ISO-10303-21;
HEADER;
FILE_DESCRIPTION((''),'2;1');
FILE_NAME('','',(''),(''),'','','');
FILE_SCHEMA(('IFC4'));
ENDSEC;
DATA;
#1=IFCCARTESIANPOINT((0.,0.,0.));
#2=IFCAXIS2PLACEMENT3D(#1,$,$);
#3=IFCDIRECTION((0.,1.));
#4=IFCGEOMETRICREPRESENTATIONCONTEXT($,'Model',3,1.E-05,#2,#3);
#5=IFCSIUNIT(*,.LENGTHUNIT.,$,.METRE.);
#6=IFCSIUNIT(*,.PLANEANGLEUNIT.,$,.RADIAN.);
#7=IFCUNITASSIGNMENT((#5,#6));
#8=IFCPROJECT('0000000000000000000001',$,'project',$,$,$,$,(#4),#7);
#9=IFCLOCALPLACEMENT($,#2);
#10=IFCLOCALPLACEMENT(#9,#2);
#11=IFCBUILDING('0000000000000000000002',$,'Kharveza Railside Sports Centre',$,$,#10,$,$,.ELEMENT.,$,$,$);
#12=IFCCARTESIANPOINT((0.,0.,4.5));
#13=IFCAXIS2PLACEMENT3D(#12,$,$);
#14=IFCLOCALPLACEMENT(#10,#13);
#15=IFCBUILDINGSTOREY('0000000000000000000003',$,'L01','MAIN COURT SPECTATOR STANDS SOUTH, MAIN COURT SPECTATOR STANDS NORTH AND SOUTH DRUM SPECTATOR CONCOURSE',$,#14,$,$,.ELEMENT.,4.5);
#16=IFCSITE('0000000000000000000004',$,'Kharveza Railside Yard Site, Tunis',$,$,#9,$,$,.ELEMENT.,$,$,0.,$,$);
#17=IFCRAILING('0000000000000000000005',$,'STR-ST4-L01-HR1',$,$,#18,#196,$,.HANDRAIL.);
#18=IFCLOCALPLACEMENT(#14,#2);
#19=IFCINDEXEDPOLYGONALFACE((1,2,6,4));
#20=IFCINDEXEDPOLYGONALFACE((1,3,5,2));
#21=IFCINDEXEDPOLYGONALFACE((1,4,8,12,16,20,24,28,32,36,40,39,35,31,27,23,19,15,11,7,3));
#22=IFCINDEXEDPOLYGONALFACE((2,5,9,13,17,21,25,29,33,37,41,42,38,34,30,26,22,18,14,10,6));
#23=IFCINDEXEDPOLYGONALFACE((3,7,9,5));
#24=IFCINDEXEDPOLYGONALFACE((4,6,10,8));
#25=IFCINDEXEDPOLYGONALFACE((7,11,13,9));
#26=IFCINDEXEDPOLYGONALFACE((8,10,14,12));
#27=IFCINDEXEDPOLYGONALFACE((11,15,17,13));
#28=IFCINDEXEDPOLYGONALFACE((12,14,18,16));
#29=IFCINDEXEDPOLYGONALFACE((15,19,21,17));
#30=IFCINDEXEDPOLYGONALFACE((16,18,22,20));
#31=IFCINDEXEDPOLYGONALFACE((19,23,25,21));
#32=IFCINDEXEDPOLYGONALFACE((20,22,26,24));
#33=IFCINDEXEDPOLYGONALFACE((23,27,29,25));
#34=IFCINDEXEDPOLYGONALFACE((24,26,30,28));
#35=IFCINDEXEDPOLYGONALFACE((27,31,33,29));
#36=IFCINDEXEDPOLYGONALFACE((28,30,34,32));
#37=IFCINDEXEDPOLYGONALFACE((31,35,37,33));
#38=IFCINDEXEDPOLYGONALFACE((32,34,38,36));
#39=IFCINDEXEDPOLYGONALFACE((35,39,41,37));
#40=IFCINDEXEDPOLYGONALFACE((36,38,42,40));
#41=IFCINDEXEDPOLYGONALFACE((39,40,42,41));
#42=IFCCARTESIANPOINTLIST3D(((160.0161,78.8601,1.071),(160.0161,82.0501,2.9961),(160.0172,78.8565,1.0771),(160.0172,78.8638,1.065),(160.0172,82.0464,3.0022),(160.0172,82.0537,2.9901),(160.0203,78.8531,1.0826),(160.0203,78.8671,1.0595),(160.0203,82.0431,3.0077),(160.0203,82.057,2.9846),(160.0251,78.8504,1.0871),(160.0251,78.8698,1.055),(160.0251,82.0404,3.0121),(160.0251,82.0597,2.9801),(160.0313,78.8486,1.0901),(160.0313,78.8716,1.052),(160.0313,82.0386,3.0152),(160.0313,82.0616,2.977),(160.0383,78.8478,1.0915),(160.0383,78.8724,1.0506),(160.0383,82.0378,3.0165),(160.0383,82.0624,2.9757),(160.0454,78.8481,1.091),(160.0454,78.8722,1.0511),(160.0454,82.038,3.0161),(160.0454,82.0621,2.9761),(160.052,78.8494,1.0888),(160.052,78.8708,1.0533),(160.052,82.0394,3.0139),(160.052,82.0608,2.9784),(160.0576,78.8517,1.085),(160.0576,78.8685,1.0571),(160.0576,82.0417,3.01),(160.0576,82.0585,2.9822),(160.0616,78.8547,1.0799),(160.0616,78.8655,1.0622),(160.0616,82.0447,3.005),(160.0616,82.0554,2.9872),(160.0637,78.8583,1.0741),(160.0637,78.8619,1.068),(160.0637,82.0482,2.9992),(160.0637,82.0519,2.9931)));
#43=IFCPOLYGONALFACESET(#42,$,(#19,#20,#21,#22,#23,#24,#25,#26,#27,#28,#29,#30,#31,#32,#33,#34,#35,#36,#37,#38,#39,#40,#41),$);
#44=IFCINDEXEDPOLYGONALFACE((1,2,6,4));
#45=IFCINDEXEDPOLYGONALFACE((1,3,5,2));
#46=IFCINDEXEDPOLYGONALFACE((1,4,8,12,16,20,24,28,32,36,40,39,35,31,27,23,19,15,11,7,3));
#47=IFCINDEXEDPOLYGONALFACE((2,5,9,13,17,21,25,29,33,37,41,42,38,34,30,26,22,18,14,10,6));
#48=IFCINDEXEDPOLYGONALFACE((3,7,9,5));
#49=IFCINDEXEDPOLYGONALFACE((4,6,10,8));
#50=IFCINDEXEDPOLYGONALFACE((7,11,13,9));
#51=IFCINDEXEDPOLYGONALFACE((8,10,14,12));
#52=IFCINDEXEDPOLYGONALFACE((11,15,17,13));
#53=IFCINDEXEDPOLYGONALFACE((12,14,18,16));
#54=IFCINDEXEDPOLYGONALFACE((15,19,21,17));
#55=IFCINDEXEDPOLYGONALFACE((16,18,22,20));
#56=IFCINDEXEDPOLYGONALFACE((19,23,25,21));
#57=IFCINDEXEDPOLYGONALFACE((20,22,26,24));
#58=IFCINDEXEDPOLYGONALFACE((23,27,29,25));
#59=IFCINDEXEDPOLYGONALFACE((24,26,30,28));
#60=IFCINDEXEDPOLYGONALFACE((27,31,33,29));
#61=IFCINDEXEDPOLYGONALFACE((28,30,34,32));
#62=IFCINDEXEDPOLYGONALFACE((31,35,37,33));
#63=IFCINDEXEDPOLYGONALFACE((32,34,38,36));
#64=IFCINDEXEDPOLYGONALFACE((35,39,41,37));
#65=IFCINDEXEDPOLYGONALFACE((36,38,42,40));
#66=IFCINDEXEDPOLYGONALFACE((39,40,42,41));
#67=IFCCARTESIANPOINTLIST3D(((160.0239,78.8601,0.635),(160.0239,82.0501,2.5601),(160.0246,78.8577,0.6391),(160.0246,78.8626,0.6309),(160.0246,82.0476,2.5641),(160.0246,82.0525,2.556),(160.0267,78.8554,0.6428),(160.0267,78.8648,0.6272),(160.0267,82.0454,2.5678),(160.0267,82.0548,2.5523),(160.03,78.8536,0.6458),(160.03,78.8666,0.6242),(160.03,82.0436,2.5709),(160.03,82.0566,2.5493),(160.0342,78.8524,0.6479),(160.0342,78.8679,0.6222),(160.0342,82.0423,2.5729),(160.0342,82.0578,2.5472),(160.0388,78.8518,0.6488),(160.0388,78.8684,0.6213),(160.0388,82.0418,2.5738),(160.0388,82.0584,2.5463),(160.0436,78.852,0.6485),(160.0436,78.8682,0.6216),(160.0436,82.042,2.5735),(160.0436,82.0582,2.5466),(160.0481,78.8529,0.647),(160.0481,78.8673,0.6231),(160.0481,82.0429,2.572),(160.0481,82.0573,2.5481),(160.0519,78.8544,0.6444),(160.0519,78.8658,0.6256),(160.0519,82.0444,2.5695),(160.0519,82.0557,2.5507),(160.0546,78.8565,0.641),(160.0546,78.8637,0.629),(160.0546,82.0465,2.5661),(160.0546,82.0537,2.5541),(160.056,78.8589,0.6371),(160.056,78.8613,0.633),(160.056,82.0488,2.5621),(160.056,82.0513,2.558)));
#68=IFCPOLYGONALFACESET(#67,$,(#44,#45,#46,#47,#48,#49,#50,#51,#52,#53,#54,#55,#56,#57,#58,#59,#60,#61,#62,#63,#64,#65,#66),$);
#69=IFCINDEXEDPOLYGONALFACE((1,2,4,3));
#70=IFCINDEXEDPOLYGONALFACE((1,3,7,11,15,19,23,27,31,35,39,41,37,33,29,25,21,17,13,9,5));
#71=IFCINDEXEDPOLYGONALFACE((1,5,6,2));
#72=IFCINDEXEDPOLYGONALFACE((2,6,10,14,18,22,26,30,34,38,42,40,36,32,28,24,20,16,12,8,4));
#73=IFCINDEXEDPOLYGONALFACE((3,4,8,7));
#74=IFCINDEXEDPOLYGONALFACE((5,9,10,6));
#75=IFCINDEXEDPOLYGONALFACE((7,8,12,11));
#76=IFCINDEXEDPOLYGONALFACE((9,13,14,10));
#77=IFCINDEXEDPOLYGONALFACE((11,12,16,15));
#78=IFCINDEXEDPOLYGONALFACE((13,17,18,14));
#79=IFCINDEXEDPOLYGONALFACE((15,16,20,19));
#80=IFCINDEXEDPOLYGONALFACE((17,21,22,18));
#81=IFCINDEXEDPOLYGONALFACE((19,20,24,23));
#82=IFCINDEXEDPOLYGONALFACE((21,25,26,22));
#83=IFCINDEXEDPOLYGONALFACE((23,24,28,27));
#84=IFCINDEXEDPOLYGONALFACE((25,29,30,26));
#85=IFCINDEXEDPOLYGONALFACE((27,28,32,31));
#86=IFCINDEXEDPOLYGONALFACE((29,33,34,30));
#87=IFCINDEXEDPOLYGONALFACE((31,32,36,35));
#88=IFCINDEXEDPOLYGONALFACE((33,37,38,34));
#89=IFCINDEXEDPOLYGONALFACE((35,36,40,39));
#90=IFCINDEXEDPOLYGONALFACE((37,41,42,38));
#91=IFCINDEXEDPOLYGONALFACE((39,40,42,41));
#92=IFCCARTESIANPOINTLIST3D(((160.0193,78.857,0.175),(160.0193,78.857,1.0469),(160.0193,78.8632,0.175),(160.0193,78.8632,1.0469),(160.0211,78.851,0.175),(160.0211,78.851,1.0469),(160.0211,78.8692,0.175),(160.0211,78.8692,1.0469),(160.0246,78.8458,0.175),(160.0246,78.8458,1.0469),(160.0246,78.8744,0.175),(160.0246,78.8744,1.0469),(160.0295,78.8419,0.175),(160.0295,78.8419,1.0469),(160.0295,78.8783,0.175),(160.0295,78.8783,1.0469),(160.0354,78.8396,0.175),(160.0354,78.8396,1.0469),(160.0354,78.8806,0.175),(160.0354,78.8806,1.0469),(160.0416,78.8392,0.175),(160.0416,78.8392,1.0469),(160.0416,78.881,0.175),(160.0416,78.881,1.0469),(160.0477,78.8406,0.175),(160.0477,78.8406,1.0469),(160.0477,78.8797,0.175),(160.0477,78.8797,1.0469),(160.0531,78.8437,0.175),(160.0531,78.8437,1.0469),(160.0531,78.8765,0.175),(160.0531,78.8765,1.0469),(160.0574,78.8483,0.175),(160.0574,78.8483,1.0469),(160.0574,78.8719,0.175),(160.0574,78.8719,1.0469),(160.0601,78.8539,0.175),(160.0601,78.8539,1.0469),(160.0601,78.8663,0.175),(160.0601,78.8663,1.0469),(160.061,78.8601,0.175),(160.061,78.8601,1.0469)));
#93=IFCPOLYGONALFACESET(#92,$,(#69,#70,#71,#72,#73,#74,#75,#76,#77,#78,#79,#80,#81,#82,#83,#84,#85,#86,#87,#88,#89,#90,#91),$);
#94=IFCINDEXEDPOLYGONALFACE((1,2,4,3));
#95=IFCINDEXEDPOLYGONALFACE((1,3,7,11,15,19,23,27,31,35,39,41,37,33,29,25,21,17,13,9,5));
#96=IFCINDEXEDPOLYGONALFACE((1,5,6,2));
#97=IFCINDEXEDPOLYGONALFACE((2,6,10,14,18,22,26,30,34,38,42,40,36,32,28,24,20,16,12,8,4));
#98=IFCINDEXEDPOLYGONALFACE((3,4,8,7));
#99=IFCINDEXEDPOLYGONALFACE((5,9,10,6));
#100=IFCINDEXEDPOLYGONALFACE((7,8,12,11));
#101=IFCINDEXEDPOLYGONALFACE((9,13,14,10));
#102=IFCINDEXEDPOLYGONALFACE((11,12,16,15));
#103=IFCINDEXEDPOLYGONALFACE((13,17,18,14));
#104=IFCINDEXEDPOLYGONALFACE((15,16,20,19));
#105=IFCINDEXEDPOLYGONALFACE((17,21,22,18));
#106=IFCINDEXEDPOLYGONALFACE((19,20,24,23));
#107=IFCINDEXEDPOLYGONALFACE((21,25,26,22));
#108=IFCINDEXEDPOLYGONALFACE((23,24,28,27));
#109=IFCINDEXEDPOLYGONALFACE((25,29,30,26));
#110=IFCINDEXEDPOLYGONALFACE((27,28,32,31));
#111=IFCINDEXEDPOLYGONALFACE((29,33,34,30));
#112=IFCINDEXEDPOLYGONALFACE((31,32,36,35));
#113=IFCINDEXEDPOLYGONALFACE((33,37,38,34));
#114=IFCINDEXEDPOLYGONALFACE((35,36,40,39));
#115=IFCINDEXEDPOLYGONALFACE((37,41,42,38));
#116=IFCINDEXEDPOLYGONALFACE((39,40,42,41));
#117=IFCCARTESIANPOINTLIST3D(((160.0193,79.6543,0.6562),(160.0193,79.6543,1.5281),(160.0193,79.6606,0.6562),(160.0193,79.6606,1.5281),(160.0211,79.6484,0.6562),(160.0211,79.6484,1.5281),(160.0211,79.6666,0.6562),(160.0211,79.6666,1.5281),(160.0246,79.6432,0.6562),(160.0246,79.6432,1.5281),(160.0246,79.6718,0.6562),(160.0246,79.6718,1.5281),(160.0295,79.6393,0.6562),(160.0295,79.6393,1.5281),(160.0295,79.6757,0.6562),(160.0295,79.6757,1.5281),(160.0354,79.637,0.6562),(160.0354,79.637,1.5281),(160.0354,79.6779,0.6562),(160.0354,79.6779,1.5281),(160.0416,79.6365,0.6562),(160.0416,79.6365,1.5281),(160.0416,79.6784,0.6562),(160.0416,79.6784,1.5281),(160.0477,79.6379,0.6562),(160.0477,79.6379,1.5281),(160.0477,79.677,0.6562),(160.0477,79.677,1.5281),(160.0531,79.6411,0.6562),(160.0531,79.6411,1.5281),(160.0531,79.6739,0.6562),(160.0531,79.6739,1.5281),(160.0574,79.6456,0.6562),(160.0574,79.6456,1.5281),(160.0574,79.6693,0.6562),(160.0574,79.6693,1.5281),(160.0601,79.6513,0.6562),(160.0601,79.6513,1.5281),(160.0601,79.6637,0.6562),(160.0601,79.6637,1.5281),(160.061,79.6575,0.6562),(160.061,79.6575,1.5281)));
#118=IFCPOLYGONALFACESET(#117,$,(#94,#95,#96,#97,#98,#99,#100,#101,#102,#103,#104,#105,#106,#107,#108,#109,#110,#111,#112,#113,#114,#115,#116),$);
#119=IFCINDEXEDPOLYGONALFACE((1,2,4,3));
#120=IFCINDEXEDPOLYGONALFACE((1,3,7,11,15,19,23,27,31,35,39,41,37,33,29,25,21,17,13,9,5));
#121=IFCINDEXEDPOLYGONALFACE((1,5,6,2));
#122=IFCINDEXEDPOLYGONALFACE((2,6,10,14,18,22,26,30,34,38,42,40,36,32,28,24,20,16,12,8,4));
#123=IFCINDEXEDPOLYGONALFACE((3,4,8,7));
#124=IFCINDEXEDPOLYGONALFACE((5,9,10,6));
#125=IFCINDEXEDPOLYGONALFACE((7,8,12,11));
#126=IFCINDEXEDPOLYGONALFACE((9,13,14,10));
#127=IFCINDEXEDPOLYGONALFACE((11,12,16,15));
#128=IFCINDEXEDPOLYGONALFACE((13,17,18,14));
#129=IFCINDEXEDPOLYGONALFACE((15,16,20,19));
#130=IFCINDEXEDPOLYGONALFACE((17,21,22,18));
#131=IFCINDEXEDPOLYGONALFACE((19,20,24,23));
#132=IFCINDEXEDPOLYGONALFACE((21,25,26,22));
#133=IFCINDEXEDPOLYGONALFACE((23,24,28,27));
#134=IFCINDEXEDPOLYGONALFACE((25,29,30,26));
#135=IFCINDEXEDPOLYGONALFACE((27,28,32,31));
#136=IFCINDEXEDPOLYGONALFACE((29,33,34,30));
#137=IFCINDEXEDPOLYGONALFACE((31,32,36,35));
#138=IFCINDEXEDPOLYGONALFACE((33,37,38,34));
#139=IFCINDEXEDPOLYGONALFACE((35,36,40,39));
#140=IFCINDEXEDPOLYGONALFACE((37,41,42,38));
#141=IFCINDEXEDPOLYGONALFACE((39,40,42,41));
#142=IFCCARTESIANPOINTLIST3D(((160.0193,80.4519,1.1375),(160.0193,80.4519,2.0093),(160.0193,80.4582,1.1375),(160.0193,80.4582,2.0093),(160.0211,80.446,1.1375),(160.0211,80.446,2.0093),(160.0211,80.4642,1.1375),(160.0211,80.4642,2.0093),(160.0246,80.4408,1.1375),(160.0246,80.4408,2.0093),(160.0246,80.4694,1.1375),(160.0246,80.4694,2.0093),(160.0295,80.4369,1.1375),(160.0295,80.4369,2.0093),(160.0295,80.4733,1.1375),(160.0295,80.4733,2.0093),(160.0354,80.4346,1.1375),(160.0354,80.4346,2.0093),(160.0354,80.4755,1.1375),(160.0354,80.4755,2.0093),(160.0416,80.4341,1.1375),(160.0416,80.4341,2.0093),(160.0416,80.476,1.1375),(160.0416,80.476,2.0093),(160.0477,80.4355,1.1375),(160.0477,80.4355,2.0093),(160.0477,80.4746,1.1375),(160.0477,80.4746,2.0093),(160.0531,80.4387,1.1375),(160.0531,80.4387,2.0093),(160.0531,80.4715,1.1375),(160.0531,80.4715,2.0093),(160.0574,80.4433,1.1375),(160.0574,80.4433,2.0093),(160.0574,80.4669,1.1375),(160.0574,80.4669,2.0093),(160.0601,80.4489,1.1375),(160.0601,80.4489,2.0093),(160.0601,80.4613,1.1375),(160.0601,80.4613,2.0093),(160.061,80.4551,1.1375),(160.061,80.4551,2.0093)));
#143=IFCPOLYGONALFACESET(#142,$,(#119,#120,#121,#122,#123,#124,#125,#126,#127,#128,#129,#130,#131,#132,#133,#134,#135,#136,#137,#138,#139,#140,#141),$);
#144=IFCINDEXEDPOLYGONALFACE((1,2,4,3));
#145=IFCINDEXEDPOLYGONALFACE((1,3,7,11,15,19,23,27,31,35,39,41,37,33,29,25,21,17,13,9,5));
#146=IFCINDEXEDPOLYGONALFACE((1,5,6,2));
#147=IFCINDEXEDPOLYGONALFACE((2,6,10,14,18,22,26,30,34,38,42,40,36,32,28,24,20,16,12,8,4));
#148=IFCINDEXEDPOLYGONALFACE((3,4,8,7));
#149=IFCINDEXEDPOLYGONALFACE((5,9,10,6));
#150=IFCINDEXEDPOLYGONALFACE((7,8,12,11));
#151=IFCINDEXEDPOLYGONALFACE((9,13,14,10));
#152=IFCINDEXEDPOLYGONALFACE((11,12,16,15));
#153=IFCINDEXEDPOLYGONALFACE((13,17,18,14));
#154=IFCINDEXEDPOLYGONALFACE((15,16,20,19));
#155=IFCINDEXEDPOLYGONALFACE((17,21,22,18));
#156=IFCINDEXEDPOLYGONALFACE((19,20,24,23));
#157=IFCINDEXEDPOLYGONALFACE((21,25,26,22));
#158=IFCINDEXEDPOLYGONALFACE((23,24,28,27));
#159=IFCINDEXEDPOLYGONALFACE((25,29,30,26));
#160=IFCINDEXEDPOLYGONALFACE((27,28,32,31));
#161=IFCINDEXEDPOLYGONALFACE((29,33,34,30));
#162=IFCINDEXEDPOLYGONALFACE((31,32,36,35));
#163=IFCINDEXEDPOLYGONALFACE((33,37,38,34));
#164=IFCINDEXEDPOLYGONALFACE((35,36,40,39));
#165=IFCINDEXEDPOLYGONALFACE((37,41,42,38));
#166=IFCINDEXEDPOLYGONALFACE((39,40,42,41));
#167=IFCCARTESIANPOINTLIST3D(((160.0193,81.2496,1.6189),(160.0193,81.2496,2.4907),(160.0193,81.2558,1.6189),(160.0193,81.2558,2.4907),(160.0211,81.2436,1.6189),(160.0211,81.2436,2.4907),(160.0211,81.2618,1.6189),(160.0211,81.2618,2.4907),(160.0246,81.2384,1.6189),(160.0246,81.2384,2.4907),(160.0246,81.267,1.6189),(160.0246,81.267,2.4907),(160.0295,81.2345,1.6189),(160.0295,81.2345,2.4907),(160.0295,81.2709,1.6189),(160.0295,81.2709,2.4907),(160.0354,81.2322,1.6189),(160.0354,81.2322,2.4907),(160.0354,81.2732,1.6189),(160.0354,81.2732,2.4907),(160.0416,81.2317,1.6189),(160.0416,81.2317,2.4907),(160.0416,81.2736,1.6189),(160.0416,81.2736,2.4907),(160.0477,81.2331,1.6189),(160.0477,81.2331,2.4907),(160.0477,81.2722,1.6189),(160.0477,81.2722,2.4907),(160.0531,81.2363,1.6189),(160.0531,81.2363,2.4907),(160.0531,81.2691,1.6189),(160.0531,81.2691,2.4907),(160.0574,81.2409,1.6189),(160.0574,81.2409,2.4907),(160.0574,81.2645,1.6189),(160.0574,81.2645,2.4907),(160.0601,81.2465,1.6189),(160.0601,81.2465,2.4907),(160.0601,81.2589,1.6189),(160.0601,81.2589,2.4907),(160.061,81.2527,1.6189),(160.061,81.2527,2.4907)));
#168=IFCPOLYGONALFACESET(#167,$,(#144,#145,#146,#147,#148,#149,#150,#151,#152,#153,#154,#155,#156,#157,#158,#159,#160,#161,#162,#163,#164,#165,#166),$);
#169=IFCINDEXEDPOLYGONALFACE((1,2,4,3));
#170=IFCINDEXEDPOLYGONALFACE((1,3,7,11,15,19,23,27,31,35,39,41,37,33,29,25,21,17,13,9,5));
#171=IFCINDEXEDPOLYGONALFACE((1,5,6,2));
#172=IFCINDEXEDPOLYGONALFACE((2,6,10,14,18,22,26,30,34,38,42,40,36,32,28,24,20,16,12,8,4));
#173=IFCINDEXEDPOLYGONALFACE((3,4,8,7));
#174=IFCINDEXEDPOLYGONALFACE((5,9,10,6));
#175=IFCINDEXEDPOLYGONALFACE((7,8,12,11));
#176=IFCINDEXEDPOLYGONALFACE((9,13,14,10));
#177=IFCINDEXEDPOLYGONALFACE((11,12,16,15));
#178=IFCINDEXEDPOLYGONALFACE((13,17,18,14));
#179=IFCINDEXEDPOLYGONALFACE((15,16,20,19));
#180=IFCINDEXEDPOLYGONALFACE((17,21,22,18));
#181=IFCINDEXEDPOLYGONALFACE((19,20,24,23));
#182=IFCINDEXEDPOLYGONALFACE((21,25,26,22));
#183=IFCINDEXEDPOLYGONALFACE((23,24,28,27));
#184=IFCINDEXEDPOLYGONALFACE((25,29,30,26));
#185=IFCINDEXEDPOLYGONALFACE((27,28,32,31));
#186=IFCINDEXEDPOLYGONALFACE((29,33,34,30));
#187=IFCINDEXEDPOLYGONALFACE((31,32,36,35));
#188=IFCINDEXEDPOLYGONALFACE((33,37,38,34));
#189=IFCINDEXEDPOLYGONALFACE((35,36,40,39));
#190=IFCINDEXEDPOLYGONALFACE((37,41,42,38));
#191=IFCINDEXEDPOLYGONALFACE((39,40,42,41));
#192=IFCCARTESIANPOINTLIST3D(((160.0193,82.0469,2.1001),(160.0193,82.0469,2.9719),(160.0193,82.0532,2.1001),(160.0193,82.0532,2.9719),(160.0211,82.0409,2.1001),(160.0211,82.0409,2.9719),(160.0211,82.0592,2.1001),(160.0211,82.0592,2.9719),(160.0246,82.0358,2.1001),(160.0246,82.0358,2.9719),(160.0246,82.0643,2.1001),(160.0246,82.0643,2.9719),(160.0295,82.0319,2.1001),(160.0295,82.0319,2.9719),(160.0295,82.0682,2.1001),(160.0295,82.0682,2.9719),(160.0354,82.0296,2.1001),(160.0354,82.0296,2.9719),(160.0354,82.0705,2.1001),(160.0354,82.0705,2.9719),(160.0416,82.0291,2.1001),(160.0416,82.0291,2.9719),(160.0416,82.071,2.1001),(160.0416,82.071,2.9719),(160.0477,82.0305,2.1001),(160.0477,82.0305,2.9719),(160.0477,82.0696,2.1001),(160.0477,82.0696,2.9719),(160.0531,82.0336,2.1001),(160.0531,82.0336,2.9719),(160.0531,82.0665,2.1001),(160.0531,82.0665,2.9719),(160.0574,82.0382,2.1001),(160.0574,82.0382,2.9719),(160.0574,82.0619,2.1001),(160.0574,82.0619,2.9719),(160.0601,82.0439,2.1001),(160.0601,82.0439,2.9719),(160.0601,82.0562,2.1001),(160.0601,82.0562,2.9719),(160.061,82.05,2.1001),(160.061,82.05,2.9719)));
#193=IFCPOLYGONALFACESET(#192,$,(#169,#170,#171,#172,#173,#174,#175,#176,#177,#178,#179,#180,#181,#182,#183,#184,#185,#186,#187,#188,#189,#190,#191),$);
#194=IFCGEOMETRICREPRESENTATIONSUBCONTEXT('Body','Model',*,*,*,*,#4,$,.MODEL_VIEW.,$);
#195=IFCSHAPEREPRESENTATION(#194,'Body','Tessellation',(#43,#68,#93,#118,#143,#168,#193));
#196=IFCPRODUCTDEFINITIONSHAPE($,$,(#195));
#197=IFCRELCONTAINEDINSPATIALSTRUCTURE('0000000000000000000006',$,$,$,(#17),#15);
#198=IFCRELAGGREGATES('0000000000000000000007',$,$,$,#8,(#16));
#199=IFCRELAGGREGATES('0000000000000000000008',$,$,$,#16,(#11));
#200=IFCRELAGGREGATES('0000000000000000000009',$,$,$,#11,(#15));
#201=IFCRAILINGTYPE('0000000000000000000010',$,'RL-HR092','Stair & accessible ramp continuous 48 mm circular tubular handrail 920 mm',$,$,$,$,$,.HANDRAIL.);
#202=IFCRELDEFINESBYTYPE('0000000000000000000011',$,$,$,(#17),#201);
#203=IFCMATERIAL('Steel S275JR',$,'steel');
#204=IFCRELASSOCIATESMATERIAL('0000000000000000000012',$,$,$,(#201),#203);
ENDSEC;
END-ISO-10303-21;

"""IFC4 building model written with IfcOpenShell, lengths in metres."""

from ifc_helpers import new_model, si_unit, direction, frame, origin, origin_2d, place, context, subcontext, project, spatial, circle, extrude, material, type_object, element, save


model = new_model("IFC4")

# Units and contexts
model_context = context("Model", 3, precision=1e-05, world=origin(), true_north=direction((0.0, 1.0)))
body_context = subcontext(model_context, "Body", "Model", "MODEL_VIEW")
ifc_project = project(units=[si_unit("LENGTHUNIT", "METRE"), si_unit("PLANEANGLEUNIT", "RADIAN")], contexts=[model_context])

# Site, building, storey
site_placement = place(None, origin())
site = spatial("IfcSite", under=ifc_project, at=site_placement, Name="Kharveza Railside Yard Site, Tunis", CompositionType="ELEMENT", RefElevation=0.0)
building_placement = place(site_placement, origin())
building = spatial("IfcBuilding", under=site, at=building_placement, Name="Kharveza Railside Sports Centre", CompositionType="ELEMENT")
storey_placement = place(building_placement, frame((0.0, 0.0, 4.5)))
storey = spatial("IfcBuildingStorey", under=building, at=storey_placement, Name="L01", Description="MAIN COURT SPECTATOR STANDS SOUTH, MAIN COURT SPECTATOR STANDS NORTH AND SOUTH DRUM SPECTATOR CONCOURSE", CompositionType="ELEMENT", Elevation=4.5)

# Railing
ifc_material_1 = material(Name="Steel S275JR", Category="steel")
railing_type_1 = type_object("IfcRailingType", Name="RL-HR092", Description="Stair & accessible ramp continuous 48 mm circular tubular handrail 920 mm", PredefinedType="HANDRAIL", material=ifc_material_1)
railing_1_placement = place(storey_placement, frame((160.04, 78.8601, 0.175)))
element("IfcRailing", 1, at=railing_1_placement, inside=storey, type_object=railing_type_1, Name="STR-ST4-L01-HR1", PredefinedType="HANDRAIL", context=body_context, shape_type="SweptSolid", body=[
    extrude(circle(Radius=0.0239, at=origin_2d()), frame((0.0, 0.0, 0.896), z_axis=(0.0, 0.856178, 0.516682), x_axis=(-1.0, 0.0, 0.0)), (0.0, 0.0, 1.0), 3.7258),
    extrude(circle(Radius=0.0161, at=origin_2d()), frame((0.0, 0.0, 0.46), z_axis=(0.0, 0.856178, 0.516682), x_axis=(-1.0, 0.0, 0.0)), (0.0, 0.0, 1.0), 3.7258),
    extrude(circle(Radius=0.021, at=origin_2d()), origin(), (0.0, 0.0, 1.0), 0.8718),
    extrude(circle(Radius=0.021, at=origin_2d()), frame((0.0, 0.7974, 0.4812)), (0.0, 0.0, 1.0), 0.8718),
    extrude(circle(Radius=0.021, at=origin_2d()), frame((0.0, 1.595, 0.9624)), (0.0, 0.0, 1.0), 0.8718),
    extrude(circle(Radius=0.021, at=origin_2d()), frame((0.0, 2.3926, 1.4438)), (0.0, 0.0, 1.0), 0.8718),
    extrude(circle(Radius=0.021, at=origin_2d()), frame((0.0, 3.1899, 1.925)), (0.0, 0.0, 1.0), 0.8718),
])

save(model, "model.ifc")
